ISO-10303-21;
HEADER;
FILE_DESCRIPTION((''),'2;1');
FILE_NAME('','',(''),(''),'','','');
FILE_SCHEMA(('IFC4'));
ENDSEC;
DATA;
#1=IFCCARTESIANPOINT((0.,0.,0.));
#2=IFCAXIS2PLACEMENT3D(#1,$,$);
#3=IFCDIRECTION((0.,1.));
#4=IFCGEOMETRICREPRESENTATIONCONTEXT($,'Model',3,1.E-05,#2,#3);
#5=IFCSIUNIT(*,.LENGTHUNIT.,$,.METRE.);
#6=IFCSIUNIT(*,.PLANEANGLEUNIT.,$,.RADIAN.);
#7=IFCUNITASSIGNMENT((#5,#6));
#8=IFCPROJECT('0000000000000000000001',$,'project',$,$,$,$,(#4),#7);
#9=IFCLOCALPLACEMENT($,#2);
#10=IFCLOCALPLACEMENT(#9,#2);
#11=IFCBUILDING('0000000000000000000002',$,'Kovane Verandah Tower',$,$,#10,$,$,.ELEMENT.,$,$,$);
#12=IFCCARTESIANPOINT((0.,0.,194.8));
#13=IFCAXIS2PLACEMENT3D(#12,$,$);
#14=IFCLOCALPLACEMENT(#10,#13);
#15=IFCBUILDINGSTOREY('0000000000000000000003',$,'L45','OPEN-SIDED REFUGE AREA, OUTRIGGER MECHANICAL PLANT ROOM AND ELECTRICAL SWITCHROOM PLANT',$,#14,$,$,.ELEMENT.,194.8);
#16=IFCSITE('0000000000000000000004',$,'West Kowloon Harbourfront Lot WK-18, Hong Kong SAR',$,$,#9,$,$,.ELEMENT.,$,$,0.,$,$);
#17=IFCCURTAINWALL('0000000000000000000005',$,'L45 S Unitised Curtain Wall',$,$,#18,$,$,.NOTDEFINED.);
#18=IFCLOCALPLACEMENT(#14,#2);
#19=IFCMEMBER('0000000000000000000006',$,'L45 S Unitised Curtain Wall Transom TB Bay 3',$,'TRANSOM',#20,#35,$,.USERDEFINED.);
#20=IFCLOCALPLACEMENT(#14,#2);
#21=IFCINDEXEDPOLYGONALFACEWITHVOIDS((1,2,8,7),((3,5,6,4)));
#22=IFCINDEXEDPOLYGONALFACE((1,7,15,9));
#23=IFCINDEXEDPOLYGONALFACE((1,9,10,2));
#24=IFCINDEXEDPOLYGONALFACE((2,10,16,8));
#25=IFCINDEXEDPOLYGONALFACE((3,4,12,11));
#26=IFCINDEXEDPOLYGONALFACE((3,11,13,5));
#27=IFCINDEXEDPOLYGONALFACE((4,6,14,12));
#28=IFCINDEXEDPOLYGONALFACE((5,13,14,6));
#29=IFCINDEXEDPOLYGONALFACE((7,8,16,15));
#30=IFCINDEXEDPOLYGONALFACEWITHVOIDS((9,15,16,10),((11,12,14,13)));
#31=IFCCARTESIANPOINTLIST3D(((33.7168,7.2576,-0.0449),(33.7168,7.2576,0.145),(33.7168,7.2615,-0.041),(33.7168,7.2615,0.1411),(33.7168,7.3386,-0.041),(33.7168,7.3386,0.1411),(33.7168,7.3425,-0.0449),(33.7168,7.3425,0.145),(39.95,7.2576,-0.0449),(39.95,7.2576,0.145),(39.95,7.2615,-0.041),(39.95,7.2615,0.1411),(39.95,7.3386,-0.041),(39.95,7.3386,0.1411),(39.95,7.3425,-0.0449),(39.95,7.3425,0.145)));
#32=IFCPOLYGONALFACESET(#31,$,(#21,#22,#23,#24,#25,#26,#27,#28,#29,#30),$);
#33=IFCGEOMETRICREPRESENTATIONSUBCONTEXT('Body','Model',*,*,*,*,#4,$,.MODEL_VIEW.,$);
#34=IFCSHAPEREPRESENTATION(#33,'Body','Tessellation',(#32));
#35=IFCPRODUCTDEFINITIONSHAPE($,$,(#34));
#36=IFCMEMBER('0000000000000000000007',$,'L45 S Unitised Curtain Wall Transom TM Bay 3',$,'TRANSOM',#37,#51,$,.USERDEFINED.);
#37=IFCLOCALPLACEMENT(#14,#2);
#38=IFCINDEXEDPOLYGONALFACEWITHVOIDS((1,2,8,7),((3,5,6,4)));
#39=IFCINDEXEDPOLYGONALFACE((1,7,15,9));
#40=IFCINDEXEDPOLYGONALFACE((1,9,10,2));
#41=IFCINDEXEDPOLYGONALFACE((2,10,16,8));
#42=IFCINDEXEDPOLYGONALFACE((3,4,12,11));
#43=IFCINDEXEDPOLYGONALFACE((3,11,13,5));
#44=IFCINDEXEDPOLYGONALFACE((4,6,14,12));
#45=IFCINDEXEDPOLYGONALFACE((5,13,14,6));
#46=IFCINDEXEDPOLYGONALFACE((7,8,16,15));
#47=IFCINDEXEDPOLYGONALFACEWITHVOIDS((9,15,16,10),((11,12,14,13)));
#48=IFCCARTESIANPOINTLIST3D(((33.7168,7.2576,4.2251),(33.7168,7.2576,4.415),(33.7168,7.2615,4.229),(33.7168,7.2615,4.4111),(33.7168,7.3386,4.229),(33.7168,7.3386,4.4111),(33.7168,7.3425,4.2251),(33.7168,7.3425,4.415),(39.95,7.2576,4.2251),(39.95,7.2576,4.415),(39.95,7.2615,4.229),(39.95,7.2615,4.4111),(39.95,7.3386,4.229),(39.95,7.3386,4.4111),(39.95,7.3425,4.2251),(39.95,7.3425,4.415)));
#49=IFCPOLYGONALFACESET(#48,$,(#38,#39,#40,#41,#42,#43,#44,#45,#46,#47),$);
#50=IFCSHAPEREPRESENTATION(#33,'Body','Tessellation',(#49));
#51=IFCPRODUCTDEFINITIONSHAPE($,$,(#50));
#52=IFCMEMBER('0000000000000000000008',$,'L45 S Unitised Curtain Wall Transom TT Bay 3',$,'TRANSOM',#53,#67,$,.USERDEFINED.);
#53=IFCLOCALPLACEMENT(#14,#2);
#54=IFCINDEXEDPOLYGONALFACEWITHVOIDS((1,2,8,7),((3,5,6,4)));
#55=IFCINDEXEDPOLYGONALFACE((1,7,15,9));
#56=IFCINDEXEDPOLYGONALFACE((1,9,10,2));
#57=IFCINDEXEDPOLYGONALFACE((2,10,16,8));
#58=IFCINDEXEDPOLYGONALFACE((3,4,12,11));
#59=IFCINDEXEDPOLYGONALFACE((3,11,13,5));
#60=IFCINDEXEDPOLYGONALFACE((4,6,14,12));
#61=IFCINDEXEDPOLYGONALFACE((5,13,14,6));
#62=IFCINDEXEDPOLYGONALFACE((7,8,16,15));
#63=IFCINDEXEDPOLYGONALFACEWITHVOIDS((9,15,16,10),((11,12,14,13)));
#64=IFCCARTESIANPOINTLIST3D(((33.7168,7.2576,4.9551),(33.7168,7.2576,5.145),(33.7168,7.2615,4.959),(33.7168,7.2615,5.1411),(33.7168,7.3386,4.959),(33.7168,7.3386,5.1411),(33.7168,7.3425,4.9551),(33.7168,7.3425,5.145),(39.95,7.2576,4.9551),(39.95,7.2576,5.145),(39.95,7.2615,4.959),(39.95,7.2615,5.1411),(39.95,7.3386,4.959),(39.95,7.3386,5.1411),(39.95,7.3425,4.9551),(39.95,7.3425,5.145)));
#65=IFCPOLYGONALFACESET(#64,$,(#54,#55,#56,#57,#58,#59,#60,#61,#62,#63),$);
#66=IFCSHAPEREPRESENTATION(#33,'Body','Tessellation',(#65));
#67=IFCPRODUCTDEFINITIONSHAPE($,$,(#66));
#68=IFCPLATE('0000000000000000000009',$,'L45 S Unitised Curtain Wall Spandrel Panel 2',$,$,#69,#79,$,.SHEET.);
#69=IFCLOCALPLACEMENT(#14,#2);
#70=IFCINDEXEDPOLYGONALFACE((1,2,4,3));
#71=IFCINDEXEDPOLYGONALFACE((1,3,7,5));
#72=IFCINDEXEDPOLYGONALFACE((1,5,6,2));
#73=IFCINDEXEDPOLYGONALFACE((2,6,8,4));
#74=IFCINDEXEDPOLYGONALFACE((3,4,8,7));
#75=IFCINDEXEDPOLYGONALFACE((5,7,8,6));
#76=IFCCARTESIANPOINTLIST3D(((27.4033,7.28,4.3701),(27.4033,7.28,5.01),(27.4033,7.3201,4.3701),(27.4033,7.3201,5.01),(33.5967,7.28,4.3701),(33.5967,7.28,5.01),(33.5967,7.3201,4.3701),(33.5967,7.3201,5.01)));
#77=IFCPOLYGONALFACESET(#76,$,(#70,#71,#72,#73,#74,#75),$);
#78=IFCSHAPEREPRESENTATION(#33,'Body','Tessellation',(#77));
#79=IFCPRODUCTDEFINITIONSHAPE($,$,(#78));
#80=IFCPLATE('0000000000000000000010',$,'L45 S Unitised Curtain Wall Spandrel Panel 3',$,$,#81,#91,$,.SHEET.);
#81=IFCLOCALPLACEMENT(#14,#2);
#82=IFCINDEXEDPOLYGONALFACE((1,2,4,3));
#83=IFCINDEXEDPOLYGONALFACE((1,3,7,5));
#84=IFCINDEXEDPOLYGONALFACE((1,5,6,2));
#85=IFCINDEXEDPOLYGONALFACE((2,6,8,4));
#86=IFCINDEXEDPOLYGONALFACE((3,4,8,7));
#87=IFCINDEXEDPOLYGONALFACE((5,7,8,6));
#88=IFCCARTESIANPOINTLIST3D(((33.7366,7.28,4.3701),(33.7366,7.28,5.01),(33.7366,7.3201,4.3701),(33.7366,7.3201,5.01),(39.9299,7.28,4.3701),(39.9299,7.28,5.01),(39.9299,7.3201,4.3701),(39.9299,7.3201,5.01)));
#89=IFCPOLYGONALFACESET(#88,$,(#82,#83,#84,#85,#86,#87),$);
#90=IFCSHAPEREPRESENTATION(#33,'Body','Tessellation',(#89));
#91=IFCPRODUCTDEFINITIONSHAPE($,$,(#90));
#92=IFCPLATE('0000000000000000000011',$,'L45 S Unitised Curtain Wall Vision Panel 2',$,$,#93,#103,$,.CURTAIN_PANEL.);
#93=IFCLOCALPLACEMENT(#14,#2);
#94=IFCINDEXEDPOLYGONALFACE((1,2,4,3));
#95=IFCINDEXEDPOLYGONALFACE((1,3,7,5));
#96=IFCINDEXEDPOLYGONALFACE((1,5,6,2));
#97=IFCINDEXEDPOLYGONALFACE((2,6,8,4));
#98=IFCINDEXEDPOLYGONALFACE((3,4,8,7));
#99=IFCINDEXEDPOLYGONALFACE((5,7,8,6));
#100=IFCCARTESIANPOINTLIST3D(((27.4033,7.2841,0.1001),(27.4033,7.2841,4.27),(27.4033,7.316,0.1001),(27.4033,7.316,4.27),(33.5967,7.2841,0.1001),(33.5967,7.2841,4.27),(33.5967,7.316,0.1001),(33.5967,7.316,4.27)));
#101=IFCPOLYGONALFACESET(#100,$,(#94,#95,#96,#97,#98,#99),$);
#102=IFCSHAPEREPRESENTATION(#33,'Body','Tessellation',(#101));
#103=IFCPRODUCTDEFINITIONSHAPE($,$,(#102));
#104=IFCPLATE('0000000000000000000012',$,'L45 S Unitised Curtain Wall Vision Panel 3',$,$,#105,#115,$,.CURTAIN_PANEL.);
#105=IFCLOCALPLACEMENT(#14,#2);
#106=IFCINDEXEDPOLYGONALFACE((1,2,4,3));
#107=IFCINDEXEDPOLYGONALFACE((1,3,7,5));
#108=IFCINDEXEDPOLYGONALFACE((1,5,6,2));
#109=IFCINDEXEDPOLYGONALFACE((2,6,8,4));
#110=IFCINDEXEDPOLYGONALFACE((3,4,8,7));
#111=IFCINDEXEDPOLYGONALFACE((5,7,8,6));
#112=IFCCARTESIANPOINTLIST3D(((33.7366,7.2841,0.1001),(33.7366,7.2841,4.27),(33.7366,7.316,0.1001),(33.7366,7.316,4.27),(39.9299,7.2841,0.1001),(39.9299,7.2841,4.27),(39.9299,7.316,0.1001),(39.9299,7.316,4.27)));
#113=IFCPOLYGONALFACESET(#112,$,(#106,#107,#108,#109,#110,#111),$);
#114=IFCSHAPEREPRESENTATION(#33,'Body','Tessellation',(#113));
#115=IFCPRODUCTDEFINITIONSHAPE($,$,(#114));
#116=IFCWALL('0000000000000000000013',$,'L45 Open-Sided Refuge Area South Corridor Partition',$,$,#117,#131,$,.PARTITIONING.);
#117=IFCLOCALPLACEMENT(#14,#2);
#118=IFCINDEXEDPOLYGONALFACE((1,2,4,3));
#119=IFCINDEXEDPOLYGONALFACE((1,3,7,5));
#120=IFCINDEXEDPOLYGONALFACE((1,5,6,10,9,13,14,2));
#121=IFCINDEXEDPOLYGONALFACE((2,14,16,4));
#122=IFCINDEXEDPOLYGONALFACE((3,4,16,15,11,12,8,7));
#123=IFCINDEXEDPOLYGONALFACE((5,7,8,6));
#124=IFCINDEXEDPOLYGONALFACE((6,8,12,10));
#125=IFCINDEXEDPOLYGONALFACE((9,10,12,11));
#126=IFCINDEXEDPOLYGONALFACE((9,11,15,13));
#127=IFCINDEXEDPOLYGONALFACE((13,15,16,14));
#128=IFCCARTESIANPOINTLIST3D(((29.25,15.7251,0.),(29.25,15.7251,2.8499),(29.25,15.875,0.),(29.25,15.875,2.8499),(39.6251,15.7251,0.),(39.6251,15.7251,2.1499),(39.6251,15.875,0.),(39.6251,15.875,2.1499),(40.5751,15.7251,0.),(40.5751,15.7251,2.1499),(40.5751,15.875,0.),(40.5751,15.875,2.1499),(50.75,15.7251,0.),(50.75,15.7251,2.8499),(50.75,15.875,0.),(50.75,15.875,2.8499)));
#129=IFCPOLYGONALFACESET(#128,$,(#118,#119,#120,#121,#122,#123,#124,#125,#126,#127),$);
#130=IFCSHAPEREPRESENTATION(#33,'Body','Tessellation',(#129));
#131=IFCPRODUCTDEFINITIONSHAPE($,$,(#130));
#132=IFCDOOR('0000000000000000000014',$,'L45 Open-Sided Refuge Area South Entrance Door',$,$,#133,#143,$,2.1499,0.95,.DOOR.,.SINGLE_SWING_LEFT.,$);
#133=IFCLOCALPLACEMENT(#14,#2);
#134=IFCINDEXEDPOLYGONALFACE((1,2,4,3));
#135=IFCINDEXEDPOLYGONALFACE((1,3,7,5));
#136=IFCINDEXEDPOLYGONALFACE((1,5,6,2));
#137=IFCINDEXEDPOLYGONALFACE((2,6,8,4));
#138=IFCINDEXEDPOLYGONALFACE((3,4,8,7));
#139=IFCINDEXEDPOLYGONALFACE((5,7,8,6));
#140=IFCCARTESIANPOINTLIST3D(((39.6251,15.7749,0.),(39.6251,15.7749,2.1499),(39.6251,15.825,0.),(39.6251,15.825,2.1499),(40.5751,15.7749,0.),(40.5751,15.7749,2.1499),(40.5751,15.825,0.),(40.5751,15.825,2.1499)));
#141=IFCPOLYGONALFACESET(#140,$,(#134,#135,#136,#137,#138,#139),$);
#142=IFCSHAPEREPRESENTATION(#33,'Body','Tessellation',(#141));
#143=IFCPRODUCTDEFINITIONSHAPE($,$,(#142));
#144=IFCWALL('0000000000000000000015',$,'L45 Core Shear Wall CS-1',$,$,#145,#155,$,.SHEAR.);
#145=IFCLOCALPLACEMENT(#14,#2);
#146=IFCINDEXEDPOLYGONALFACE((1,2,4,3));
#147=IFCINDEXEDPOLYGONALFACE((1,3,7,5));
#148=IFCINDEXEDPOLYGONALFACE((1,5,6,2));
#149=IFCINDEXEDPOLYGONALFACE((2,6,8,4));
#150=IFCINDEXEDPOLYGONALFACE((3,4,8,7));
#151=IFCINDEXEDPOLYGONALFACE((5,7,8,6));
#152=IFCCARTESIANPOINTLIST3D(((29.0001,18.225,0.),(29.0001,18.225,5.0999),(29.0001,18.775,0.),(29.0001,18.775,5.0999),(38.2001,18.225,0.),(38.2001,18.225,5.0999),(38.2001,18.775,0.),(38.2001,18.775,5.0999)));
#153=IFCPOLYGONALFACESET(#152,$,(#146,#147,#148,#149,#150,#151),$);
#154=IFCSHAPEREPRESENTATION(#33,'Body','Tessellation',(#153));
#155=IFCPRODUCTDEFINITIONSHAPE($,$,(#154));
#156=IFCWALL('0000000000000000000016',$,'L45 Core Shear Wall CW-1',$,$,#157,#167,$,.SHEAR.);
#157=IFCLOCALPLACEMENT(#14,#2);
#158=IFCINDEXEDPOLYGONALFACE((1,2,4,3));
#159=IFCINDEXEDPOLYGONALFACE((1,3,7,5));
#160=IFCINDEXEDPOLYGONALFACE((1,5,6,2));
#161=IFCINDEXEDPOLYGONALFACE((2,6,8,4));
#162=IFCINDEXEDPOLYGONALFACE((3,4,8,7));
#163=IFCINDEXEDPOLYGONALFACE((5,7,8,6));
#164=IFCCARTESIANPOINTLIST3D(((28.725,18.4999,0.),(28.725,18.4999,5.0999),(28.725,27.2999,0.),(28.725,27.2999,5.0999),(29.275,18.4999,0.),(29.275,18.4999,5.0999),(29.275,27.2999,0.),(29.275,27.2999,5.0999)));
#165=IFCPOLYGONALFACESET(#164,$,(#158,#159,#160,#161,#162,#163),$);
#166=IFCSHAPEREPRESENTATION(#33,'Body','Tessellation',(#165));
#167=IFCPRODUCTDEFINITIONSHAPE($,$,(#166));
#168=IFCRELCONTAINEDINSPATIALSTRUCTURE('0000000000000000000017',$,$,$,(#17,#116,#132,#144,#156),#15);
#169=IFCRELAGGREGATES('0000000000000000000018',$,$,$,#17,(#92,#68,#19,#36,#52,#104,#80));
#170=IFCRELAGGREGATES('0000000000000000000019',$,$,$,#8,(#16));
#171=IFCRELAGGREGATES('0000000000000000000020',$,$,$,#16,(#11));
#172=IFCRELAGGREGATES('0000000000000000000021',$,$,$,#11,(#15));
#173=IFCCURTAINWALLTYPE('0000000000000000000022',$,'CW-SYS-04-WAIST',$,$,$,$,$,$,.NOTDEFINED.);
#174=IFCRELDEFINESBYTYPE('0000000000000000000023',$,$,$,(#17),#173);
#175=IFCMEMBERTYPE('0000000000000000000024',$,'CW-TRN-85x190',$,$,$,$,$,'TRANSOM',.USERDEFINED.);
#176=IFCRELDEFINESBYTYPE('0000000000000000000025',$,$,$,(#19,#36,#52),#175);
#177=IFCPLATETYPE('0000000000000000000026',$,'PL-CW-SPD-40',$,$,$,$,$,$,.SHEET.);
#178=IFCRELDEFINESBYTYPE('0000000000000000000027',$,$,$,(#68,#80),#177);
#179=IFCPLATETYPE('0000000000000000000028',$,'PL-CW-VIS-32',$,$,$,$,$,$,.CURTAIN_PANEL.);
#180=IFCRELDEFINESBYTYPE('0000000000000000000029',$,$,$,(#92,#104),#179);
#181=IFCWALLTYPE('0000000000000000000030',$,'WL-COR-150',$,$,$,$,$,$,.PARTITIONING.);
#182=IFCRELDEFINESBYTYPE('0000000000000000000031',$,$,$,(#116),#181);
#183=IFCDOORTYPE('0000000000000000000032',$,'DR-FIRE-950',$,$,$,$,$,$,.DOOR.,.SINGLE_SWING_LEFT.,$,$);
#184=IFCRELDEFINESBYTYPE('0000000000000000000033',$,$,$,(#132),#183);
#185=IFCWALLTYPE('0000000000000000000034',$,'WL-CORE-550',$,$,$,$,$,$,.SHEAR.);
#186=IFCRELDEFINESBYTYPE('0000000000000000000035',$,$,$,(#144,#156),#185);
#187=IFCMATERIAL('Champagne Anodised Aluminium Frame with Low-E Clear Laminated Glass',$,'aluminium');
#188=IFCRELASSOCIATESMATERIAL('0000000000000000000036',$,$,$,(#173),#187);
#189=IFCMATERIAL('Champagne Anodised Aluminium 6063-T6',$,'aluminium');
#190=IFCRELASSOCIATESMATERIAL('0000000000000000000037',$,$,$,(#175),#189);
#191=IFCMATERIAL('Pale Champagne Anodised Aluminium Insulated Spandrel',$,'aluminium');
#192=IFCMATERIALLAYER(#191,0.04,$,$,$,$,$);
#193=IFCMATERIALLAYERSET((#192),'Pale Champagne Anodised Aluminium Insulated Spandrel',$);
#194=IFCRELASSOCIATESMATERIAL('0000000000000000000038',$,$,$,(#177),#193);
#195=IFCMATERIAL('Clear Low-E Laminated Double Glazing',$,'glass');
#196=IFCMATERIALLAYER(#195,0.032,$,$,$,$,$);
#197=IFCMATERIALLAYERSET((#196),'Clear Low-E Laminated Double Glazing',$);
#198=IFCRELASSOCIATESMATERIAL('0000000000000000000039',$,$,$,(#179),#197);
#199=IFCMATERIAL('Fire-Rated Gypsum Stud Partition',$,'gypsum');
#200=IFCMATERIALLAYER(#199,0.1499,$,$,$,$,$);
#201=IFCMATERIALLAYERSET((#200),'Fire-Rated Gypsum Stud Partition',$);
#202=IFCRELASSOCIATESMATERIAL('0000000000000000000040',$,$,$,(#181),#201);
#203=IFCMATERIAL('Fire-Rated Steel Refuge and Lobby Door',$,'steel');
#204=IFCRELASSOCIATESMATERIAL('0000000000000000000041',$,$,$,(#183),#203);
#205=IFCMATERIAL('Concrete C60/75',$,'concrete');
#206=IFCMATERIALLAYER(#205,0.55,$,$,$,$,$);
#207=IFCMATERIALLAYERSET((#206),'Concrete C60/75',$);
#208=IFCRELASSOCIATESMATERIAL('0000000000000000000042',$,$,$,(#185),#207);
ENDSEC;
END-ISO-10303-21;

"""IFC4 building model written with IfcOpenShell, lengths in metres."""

from ifc_helpers import new_model, si_unit, direction, frame, frame_2d, origin, origin_2d, place, context, subcontext, project, spatial, rectangle, hollow_rectangle, extrude, material, layer, layer_set, material_profile, profile_set, type_object, element, fill, aggregate, save


model = new_model("IFC4")

# Units and contexts
model_context = context("Model", 3, precision=1e-05, world=origin(), true_north=direction((0.0, 1.0)))
body_context = subcontext(model_context, "Body", "Model", "MODEL_VIEW")
ifc_project = project(units=[si_unit("LENGTHUNIT", "METRE"), si_unit("PLANEANGLEUNIT", "RADIAN")], contexts=[model_context])

# Site, building, storey
site_placement = place(None, origin())
site = spatial("IfcSite", under=ifc_project, at=site_placement, Name="West Kowloon Harbourfront Lot WK-18, Hong Kong SAR", CompositionType="ELEMENT", RefElevation=0.0)
building_placement = place(site_placement, origin())
building = spatial("IfcBuilding", under=site, at=building_placement, Name="Kovane Verandah Tower", CompositionType="ELEMENT")
storey_placement = place(building_placement, frame((0.0, 0.0, 194.8)))
storey = spatial("IfcBuildingStorey", under=building, at=storey_placement, Name="L45", Description="OPEN-SIDED REFUGE AREA, OUTRIGGER MECHANICAL PLANT ROOM AND ELECTRICAL SWITCHROOM PLANT", CompositionType="ELEMENT", Elevation=194.8)

# Shared definitions
ifc_material_1 = material(Name="Concrete C60/75", Category="concrete")

# Curtain wall, members, plates
ifc_material_2 = material(Name="Champagne Anodised Aluminium Frame with Low-E Clear Laminated Glass", Category="aluminium")
curtain_wall_type = type_object("IfcCurtainWallType", Name="CW-SYS-04-WAIST", PredefinedType="NOTDEFINED", material=ifc_material_2)
curtain_wall_placement = place(storey_placement, origin())
curtain_wall = element("IfcCurtainWall", 1, at=curtain_wall_placement, inside=storey, type_object=curtain_wall_type, Name="L45 S Unitised Curtain Wall", PredefinedType="NOTDEFINED")
ifc_material_3 = material(Name="Champagne Anodised Aluminium 6063-T6", Category="aluminium")
ifc_material_profile_1 = material_profile(ifc_material_3, hollow_rectangle(XDim=0.085, YDim=0.1899, WallThickness=0.0039, at=origin_2d()), Name="AL85x190x4")
ifc_profile_set_1 = profile_set([ifc_material_profile_1], Name="Champagne Anodised Aluminium 6063-T6")
member_type_1 = type_object("IfcMemberType", Name="CW-TRN-85x190", ElementType="TRANSOM", PredefinedType="USERDEFINED", material=ifc_profile_set_1)
member_1_placement = place(storey_placement, frame((33.7168, 7.3, 0.05), z_axis=(1.0, 0.0, 0.0), x_axis=(0.0, 1.0, 0.0)))
member_1 = element("IfcMember", 2, at=member_1_placement, type_object=member_type_1, Name="L45 S Unitised Curtain Wall Transom TB Bay 3", ObjectType="TRANSOM", PredefinedType="USERDEFINED", context=body_context, shape_type="SweptSolid", body=[
    extrude(hollow_rectangle(XDim=0.085, YDim=0.1899, WallThickness=0.0039, at=origin_2d()), origin(), (0.0, 0.0, 1.0), 6.2332),
])
member_2_placement = place(storey_placement, frame((33.7168, 7.3, 4.3201), z_axis=(1.0, 0.0, 0.0), x_axis=(0.0, 1.0, 0.0)))
member_2 = element("IfcMember", 3, at=member_2_placement, type_object=member_type_1, Name="L45 S Unitised Curtain Wall Transom TM Bay 3", ObjectType="TRANSOM", PredefinedType="USERDEFINED", context=body_context, shape_type="SweptSolid", body=[
    extrude(hollow_rectangle(XDim=0.085, YDim=0.1899, WallThickness=0.0039, at=origin_2d()), origin(), (0.0, 0.0, 1.0), 6.2332),
])
member_3_placement = place(storey_placement, frame((33.7168, 7.3, 5.05), z_axis=(1.0, 0.0, 0.0), x_axis=(0.0, 1.0, 0.0)))
member_3 = element("IfcMember", 4, at=member_3_placement, type_object=member_type_1, Name="L45 S Unitised Curtain Wall Transom TT Bay 3", ObjectType="TRANSOM", PredefinedType="USERDEFINED", context=body_context, shape_type="SweptSolid", body=[
    extrude(hollow_rectangle(XDim=0.085, YDim=0.1899, WallThickness=0.0039, at=origin_2d()), origin(), (0.0, 0.0, 1.0), 6.2332),
])
ifc_material_4 = material(Name="Pale Champagne Anodised Aluminium Insulated Spandrel", Category="aluminium")
ifc_layer_1 = layer(ifc_material_4, 0.04)
ifc_layer_set_1 = layer_set([ifc_layer_1], Name="Pale Champagne Anodised Aluminium Insulated Spandrel")
plate_type_1 = type_object("IfcPlateType", Name="PL-CW-SPD-40", PredefinedType="SHEET", material=ifc_layer_set_1)
plate_1_placement = place(storey_placement, frame((30.5, 7.3, 4.3701), z_axis=(0.0, 0.0, 1.0), x_axis=(1.0, 0.0, 0.0)))
plate_1 = element("IfcPlate", 5, at=plate_1_placement, type_object=plate_type_1, Name="L45 S Unitised Curtain Wall Spandrel Panel 2", PredefinedType="SHEET", context=body_context, shape_type="SweptSolid", body=[
    extrude(rectangle(XDim=6.1934, YDim=0.04, at=origin_2d()), origin(), (0.0, 0.0, 1.0), 0.6399),
])
plate_2_placement = place(storey_placement, frame((36.8333, 7.3, 4.3701), z_axis=(0.0, 0.0, 1.0), x_axis=(1.0, 0.0, 0.0)))
plate_2 = element("IfcPlate", 6, at=plate_2_placement, type_object=plate_type_1, Name="L45 S Unitised Curtain Wall Spandrel Panel 3", PredefinedType="SHEET", context=body_context, shape_type="SweptSolid", body=[
    extrude(rectangle(XDim=6.1934, YDim=0.04, at=origin_2d()), origin(), (0.0, 0.0, 1.0), 0.6399),
])
ifc_material_5 = material(Name="Clear Low-E Laminated Double Glazing", Category="glass")
ifc_layer_2 = layer(ifc_material_5, 0.032)
ifc_layer_set_2 = layer_set([ifc_layer_2], Name="Clear Low-E Laminated Double Glazing")
plate_type_2 = type_object("IfcPlateType", Name="PL-CW-VIS-32", PredefinedType="CURTAIN_PANEL", material=ifc_layer_set_2)
plate_3_placement = place(storey_placement, frame((30.5, 7.3, 0.1001), z_axis=(0.0, 0.0, 1.0), x_axis=(1.0, 0.0, 0.0)))
plate_3 = element("IfcPlate", 7, at=plate_3_placement, type_object=plate_type_2, Name="L45 S Unitised Curtain Wall Vision Panel 2", PredefinedType="CURTAIN_PANEL", context=body_context, shape_type="SweptSolid", body=[
    extrude(rectangle(XDim=6.1934, YDim=0.032, at=origin_2d()), origin(), (0.0, 0.0, 1.0), 4.1699),
])
plate_4_placement = place(storey_placement, frame((36.8333, 7.3, 0.1001), z_axis=(0.0, 0.0, 1.0), x_axis=(1.0, 0.0, 0.0)))
plate_4 = element("IfcPlate", 8, at=plate_4_placement, type_object=plate_type_2, Name="L45 S Unitised Curtain Wall Vision Panel 3", PredefinedType="CURTAIN_PANEL", context=body_context, shape_type="SweptSolid", body=[
    extrude(rectangle(XDim=6.1934, YDim=0.032, at=origin_2d()), origin(), (0.0, 0.0, 1.0), 4.1699),
])
aggregate(curtain_wall, [plate_3, plate_1, member_1, member_2, member_3, plate_4, plate_2])

# Wall, opening, door
ifc_material_6 = material(Name="Fire-Rated Gypsum Stud Partition", Category="gypsum")
ifc_layer_3 = layer(ifc_material_6, 0.1499)
ifc_layer_set_3 = layer_set([ifc_layer_3], Name="Fire-Rated Gypsum Stud Partition")
wall_type_1 = type_object("IfcWallType", Name="WL-COR-150", PredefinedType="PARTITIONING", material=ifc_layer_set_3)
ifc_material_7 = material(Name="Fire-Rated Steel Refuge and Lobby Door", Category="steel")
door_type = type_object("IfcDoorType", Name="DR-FIRE-950", OperationType="SINGLE_SWING_LEFT", PredefinedType="DOOR", material=ifc_material_7)
wall_1_placement = place(storey_placement, frame((29.25, 15.8, 0.0), z_axis=(0.0, 0.0, 1.0), x_axis=(1.0, 0.0, 0.0)))
wall_1 = element("IfcWall", 9, at=wall_1_placement, inside=storey, type_object=wall_type_1, Name="L45 Open-Sided Refuge Area South Corridor Partition", PredefinedType="PARTITIONING", context=body_context, shape_type="SweptSolid", body=[
    extrude(rectangle(XDim=21.5, YDim=0.1499, at=frame_2d((10.75, 0.0))), origin(), (0.0, 0.0, 1.0), 2.8499),
])
opening_1_placement = place(wall_1_placement, frame((10.375, 0.0, 0.0)))
opening_1 = element("IfcOpeningElement", 10, at=opening_1_placement, cuts=wall_1, PredefinedType="OPENING", context=body_context, shape_type="SweptSolid", body=[
    extrude(rectangle(XDim=0.95, YDim=2.1499, at=frame_2d((0.4751, 1.075))), frame((0.0, 0.075, 0.0), z_axis=(0.0, -1.0, 0.0), x_axis=(1.0, 0.0, 0.0)), (0.0, 0.0, 1.0), 0.1499),
])
door_1_placement = place(opening_1_placement, origin())
door_1 = element("IfcDoor", 11, at=door_1_placement, inside=storey, type_object=door_type, Name="L45 Open-Sided Refuge Area South Entrance Door", OperationType="SINGLE_SWING_LEFT", OverallHeight=2.1499, OverallWidth=0.95, PredefinedType="DOOR", context=body_context, shape_type="SweptSolid", body=[
    extrude(rectangle(XDim=0.95, YDim=2.1499, at=frame_2d((0.4751, 1.075))), frame((0.0, 0.0249, 0.0), z_axis=(0.0, -1.0, 0.0), x_axis=(1.0, 0.0, 0.0)), (0.0, 0.0, 1.0), 0.05),
])
fill(opening_1, door_1)

# Walls
ifc_layer_4 = layer(ifc_material_1, 0.55)
ifc_layer_set_4 = layer_set([ifc_layer_4], Name="Concrete C60/75")
wall_type_2 = type_object("IfcWallType", Name="WL-CORE-550", PredefinedType="SHEAR", material=ifc_layer_set_4)
wall_2_placement = place(storey_placement, frame((29.0, 18.5, 0.0), z_axis=(0.0, 0.0, 1.0), x_axis=(1.0, 0.0, 0.0)))
element("IfcWall", 12, at=wall_2_placement, inside=storey, type_object=wall_type_2, Name="L45 Core Shear Wall CS-1", PredefinedType="SHEAR", context=body_context, shape_type="SweptSolid", body=[
    extrude(rectangle(XDim=9.2, YDim=0.55, at=frame_2d((4.6001, 0.0))), origin(), (0.0, 0.0, 1.0), 5.0999),
])
wall_3_placement = place(storey_placement, frame((29.0, 18.5, 0.0), z_axis=(0.0, 0.0, 1.0), x_axis=(0.0, 1.0, 0.0)))
element("IfcWall", 13, at=wall_3_placement, inside=storey, type_object=wall_type_2, Name="L45 Core Shear Wall CW-1", PredefinedType="SHEAR", context=body_context, shape_type="SweptSolid", body=[
    extrude(rectangle(XDim=8.8, YDim=0.55, at=frame_2d((4.3999, 0.0))), origin(), (0.0, 0.0, 1.0), 5.0999),
])

save(model, "model.ifc")
